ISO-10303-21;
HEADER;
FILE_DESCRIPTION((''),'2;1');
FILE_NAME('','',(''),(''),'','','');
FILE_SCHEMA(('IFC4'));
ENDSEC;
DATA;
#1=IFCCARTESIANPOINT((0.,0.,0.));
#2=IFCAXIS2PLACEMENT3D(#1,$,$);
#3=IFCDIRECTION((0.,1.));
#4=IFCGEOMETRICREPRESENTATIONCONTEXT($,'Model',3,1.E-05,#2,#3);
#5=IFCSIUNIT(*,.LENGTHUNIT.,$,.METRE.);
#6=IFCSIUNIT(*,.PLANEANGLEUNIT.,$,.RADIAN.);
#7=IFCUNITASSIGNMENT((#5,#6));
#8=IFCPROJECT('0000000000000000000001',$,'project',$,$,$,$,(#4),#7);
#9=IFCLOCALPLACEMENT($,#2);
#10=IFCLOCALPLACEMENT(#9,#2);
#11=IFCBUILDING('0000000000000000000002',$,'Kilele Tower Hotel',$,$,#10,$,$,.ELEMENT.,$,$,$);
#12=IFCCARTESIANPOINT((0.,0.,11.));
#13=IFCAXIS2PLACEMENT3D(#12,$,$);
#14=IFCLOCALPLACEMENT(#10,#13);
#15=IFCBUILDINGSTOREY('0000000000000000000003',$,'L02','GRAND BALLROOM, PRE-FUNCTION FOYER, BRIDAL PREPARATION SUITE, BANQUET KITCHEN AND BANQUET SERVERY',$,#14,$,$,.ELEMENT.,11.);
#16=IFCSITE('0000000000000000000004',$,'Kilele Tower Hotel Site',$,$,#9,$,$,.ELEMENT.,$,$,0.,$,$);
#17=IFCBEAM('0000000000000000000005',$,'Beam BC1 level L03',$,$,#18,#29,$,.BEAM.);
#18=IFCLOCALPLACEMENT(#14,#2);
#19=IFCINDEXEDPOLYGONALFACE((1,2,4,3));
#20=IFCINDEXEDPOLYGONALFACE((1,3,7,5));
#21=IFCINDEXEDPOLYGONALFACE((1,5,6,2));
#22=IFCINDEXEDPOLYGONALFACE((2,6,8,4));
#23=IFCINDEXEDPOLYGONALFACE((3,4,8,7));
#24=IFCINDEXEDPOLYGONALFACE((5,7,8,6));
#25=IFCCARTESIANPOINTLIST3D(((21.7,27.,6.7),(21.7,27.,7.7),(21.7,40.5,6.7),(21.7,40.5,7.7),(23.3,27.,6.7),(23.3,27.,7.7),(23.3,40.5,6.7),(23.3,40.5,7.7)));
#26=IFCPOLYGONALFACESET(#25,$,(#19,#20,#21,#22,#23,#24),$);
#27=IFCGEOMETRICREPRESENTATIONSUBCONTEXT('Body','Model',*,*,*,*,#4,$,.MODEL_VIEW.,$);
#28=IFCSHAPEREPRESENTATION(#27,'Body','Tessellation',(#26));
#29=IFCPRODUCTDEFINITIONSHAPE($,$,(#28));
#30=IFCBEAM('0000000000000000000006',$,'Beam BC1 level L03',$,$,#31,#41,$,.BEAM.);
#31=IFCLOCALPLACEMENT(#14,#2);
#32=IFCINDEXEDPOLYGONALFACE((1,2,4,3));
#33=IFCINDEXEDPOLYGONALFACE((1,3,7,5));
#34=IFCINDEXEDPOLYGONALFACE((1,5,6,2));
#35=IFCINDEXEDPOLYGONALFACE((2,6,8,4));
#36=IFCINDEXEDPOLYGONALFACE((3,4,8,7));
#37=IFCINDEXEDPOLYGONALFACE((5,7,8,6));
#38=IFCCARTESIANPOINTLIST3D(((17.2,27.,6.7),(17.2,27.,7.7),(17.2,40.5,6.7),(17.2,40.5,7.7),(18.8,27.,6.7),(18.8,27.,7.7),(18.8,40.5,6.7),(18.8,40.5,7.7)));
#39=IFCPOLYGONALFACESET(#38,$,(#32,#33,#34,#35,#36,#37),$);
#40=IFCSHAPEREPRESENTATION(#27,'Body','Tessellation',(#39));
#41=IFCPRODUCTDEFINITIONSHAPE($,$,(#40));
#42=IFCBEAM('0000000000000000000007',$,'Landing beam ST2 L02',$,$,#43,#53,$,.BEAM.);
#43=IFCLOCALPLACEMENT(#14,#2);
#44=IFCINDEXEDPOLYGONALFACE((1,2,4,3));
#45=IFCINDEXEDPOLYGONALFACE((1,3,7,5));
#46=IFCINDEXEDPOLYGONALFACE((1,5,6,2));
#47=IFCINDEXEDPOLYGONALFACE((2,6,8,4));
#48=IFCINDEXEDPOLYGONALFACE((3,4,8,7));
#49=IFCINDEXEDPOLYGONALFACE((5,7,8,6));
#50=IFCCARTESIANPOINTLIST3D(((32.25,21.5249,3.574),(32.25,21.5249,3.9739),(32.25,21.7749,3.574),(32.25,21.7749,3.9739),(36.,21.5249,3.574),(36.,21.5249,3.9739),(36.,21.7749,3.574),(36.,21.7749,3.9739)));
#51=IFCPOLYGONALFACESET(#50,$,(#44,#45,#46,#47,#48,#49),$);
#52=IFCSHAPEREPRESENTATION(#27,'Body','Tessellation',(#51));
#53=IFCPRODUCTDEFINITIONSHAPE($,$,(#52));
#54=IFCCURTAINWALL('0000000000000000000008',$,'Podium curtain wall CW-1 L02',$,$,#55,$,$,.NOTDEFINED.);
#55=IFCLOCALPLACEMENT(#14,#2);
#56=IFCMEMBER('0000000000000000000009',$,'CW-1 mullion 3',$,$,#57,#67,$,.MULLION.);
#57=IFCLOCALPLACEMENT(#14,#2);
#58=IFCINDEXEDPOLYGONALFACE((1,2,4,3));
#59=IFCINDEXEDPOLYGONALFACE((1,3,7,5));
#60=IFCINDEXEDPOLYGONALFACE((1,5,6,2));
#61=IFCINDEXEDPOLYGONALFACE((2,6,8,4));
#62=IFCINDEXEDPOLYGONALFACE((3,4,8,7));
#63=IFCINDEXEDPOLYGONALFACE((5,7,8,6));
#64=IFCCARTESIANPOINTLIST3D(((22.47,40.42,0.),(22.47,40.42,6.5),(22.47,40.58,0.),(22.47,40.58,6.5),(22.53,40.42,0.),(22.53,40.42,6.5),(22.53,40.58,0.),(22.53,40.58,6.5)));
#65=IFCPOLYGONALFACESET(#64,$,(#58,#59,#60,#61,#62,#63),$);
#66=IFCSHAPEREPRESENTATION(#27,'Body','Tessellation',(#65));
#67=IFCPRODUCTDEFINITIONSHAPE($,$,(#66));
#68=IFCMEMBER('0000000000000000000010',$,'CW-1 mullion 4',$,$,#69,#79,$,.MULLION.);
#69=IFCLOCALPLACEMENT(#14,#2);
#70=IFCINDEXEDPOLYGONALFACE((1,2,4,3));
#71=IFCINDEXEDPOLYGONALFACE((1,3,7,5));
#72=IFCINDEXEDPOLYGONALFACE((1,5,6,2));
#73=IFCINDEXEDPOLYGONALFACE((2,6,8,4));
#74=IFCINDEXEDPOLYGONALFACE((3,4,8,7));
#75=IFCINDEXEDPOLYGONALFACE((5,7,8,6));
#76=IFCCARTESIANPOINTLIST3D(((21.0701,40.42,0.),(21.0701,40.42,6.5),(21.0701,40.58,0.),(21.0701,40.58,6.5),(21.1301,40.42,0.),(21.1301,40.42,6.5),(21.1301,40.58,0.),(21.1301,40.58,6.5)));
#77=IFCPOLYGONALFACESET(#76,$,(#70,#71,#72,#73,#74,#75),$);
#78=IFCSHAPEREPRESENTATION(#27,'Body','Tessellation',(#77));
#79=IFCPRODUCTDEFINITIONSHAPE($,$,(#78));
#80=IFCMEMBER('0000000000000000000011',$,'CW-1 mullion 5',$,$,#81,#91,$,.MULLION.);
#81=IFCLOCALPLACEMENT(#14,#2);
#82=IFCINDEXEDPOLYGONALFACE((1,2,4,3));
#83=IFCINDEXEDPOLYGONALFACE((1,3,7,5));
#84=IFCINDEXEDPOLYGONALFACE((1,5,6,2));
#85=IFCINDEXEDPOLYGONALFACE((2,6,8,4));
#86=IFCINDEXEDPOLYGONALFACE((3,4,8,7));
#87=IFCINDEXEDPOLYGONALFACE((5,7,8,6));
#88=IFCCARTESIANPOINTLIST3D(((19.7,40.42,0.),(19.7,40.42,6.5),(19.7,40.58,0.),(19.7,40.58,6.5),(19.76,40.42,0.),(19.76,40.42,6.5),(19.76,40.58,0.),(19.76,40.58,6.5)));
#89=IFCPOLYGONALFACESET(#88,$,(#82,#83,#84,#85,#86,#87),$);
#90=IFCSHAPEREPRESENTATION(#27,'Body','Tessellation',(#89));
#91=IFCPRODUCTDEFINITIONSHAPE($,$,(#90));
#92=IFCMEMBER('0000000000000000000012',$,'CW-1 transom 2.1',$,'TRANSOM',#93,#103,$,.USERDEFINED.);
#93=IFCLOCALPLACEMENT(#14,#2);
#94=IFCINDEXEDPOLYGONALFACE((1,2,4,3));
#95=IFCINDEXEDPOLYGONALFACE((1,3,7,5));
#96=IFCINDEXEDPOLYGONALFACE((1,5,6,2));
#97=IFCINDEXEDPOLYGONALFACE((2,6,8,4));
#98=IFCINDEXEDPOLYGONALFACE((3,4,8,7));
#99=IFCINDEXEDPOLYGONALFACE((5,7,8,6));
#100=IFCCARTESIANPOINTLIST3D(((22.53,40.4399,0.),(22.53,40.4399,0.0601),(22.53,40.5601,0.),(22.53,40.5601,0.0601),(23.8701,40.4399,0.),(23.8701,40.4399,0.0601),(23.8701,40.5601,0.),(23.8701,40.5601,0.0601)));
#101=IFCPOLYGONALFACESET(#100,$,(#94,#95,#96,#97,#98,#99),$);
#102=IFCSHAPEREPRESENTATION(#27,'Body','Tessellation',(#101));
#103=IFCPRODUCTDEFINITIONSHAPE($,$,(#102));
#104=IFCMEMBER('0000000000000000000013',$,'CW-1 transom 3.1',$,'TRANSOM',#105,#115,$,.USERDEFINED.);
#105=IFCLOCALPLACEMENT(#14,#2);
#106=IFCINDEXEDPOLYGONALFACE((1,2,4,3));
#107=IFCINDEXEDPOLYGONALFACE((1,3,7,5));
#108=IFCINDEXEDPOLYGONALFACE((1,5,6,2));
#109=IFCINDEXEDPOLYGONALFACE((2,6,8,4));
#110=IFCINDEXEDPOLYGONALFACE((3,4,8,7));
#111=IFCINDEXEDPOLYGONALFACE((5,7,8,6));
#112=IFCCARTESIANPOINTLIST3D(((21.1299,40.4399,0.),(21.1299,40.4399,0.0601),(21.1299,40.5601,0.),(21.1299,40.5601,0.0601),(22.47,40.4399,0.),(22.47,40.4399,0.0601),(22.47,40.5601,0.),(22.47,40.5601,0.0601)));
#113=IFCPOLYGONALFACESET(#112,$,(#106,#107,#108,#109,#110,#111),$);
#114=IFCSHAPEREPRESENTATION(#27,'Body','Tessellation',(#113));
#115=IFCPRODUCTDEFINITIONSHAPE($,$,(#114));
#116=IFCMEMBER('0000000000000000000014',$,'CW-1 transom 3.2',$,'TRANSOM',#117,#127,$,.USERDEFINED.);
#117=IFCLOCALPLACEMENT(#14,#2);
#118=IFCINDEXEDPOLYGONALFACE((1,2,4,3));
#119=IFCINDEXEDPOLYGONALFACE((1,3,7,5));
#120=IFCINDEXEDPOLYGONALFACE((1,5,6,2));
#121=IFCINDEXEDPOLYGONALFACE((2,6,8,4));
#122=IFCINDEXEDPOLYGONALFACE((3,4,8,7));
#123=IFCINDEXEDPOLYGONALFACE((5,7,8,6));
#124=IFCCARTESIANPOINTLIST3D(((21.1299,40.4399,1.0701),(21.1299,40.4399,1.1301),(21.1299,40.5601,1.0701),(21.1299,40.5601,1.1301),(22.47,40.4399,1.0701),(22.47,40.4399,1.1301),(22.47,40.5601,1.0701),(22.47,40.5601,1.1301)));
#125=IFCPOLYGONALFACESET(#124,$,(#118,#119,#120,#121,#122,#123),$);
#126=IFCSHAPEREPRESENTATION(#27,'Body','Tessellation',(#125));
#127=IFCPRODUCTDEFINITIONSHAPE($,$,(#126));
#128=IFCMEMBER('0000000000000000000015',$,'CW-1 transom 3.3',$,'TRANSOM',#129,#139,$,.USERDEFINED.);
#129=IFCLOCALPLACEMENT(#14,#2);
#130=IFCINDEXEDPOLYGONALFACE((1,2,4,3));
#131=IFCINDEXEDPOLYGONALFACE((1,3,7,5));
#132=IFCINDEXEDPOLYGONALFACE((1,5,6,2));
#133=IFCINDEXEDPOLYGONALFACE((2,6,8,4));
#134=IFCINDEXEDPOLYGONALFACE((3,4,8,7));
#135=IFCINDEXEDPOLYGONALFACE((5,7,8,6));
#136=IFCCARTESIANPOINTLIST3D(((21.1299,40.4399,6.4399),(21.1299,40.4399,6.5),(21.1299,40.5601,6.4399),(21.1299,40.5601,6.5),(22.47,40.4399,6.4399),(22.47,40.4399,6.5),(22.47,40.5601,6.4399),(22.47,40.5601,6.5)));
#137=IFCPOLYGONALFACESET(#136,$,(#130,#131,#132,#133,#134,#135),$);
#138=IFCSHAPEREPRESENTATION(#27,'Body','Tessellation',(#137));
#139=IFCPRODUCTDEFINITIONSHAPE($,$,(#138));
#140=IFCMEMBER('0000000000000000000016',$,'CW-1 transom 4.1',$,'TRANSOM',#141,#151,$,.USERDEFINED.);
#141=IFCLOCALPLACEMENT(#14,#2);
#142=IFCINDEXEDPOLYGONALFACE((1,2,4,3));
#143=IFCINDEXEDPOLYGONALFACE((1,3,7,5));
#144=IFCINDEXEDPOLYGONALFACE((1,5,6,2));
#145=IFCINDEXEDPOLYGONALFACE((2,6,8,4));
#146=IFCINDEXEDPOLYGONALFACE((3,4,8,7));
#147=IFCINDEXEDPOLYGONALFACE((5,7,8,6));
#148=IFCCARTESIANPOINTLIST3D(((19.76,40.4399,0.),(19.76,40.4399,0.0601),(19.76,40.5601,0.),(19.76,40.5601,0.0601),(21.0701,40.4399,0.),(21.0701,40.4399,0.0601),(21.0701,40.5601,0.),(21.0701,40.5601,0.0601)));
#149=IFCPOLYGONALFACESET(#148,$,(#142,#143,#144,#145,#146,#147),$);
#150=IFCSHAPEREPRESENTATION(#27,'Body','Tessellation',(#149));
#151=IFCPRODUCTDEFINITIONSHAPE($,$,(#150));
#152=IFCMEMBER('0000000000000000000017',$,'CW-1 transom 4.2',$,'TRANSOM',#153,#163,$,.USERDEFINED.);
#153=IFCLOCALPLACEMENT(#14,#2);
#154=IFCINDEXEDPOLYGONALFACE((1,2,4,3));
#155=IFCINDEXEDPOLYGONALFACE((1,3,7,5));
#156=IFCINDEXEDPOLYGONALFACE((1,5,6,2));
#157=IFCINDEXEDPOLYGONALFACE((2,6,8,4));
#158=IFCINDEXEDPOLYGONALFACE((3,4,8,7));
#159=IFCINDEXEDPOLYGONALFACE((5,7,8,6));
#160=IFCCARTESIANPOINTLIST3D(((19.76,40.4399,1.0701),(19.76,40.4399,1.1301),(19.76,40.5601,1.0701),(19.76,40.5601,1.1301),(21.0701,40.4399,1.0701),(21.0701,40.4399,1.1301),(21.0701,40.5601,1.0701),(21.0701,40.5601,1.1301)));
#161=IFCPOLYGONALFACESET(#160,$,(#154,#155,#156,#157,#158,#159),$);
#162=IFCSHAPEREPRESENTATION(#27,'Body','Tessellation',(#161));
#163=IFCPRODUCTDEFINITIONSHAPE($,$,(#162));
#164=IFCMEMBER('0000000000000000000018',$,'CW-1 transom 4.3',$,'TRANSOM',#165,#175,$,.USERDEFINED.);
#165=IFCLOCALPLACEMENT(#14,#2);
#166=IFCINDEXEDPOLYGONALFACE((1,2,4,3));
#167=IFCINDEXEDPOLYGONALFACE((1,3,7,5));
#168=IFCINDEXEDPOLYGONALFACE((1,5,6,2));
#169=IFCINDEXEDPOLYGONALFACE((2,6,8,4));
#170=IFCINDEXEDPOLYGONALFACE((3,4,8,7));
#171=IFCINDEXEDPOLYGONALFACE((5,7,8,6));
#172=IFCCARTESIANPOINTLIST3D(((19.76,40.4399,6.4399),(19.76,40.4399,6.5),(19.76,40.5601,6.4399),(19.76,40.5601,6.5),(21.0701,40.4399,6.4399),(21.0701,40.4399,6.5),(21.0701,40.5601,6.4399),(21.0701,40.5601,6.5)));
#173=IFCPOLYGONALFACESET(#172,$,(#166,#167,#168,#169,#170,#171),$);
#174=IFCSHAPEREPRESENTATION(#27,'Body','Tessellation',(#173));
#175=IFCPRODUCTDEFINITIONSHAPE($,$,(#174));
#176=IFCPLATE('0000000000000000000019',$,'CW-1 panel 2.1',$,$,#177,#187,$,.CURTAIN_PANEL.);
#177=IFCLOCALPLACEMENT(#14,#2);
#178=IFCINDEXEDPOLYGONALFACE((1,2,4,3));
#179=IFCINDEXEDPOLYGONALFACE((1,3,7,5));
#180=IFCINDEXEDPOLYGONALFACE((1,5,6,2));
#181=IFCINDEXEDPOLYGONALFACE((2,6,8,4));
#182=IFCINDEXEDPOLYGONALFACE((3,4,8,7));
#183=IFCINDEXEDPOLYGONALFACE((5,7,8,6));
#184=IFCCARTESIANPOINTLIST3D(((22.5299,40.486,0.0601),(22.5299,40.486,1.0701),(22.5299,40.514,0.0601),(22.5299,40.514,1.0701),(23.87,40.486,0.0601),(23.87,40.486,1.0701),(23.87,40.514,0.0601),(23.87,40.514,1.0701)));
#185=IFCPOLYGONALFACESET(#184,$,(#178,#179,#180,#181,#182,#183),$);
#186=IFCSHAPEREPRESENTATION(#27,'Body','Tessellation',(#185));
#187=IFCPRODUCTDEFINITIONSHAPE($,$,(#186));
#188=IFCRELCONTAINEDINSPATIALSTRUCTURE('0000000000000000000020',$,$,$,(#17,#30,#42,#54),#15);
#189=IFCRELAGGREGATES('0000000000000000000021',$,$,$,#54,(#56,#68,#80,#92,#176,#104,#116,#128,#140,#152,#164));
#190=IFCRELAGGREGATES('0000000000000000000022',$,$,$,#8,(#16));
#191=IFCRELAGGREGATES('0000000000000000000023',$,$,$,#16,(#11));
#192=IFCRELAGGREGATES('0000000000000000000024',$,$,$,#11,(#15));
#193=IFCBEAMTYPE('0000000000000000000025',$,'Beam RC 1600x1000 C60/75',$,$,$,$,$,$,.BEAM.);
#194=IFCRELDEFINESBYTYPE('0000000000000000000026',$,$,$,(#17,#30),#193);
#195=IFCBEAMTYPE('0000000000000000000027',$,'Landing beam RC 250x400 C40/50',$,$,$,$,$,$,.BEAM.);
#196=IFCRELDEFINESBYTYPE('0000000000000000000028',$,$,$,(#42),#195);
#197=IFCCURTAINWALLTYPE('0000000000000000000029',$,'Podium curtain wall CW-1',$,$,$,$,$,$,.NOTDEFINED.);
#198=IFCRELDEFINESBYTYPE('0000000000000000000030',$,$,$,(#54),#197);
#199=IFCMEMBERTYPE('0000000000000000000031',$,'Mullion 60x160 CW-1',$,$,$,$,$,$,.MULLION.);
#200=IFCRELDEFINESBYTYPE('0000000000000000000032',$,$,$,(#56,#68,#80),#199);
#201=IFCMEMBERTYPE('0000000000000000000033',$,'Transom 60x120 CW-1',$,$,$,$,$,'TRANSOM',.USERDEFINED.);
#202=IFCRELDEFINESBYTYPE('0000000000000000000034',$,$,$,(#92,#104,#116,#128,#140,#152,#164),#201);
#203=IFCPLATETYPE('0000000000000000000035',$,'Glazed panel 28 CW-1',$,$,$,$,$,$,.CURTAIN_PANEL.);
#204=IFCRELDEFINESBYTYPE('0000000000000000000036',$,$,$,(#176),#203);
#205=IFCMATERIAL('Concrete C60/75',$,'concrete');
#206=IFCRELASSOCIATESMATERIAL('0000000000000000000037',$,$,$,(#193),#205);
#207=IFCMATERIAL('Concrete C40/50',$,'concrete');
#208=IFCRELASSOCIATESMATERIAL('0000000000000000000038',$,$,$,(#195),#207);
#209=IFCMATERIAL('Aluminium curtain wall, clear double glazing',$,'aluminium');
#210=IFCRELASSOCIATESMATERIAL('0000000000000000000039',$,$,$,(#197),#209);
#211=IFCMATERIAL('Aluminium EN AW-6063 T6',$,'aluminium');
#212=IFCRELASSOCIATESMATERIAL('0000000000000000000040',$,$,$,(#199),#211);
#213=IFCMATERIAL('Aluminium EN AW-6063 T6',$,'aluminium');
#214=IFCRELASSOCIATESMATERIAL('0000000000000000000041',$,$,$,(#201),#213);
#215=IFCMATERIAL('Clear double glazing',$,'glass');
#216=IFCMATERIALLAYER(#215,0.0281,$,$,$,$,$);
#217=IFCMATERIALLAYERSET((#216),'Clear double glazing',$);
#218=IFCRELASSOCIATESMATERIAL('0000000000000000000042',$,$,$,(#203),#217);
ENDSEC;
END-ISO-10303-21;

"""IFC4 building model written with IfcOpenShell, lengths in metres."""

from ifc_helpers import new_model, si_unit, direction, frame, origin, origin_2d, place, context, subcontext, project, spatial, rectangle, extrude, material, layer, layer_set, material_profile, profile_set, type_object, element, aggregate, save


model = new_model("IFC4")

# Units and contexts
model_context = context("Model", 3, precision=1e-05, world=origin(), true_north=direction((0.0, 1.0)))
body_context = subcontext(model_context, "Body", "Model", "MODEL_VIEW")
ifc_project = project(units=[si_unit("LENGTHUNIT", "METRE"), si_unit("PLANEANGLEUNIT", "RADIAN")], contexts=[model_context])

# Site, building, storey
site_placement = place(None, origin())
site = spatial("IfcSite", under=ifc_project, at=site_placement, Name="Kilele Tower Hotel Site", CompositionType="ELEMENT", RefElevation=0.0)
building_placement = place(site_placement, origin())
building = spatial("IfcBuilding", under=site, at=building_placement, Name="Kilele Tower Hotel", CompositionType="ELEMENT")
storey_placement = place(building_placement, frame((0.0, 0.0, 11.0)))
storey = spatial("IfcBuildingStorey", under=building, at=storey_placement, Name="L02", Description="GRAND BALLROOM, PRE-FUNCTION FOYER, BRIDAL PREPARATION SUITE, BANQUET KITCHEN AND BANQUET SERVERY", CompositionType="ELEMENT", Elevation=11.0)

# Beams
ifc_material_1 = material(Name="Concrete C60/75", Category="concrete")
ifc_material_profile_1 = material_profile(ifc_material_1, rectangle(XDim=1.6001, YDim=1.0, at=origin_2d()))
ifc_profile_set_1 = profile_set([ifc_material_profile_1], Name="Concrete C60/75")
beam_type_1 = type_object("IfcBeamType", Name="Beam RC 1600x1000 C60/75", PredefinedType="BEAM", material=ifc_profile_set_1)
for number, where, z_axis, x_axis, name in (
    (1, (22.5, 40.5, 7.2), (0.0, -1.0, 0.0), (1.0, 0.0, 0.0), "Beam BC1 level L03"),
    (2, (18.0, 40.5, 7.2), (0.0, -1.0, 0.0), (1.0, 0.0, 0.0), "Beam BC1 level L03"),
):
    element("IfcBeam", number, at=place(storey_placement, frame(where, z_axis=z_axis, x_axis=x_axis)), inside=storey, type_object=beam_type_1, Name=name, PredefinedType="BEAM", context=body_context, shape_type="SweptSolid", body=[
        extrude(rectangle(XDim=1.6001, YDim=1.0, at=origin_2d()), origin(), (0.0, 0.0, 1.0), 13.5),
    ])
ifc_material_2 = material(Name="Concrete C40/50", Category="concrete")
ifc_material_profile_2 = material_profile(ifc_material_2, rectangle(XDim=0.25, YDim=0.3999, at=origin_2d()))
ifc_profile_set_2 = profile_set([ifc_material_profile_2], Name="Concrete C40/50")
beam_type_2 = type_object("IfcBeamType", Name="Landing beam RC 250x400 C40/50", PredefinedType="BEAM", material=ifc_profile_set_2)
beam_placement = place(storey_placement, frame((32.25, 21.6499, 3.7739), z_axis=(1.0, 0.0, 0.0), x_axis=(0.0, 1.0, 0.0)))
element("IfcBeam", 3, at=beam_placement, inside=storey, type_object=beam_type_2, Name="Landing beam ST2 L02", PredefinedType="BEAM", context=body_context, shape_type="SweptSolid", body=[
    extrude(rectangle(XDim=0.25, YDim=0.3999, at=origin_2d()), origin(), (0.0, 0.0, 1.0), 3.75),
])

# Curtain wall, members, plate
ifc_material_3 = material(Name="Aluminium curtain wall, clear double glazing", Category="aluminium")
curtain_wall_type = type_object("IfcCurtainWallType", Name="Podium curtain wall CW-1", PredefinedType="NOTDEFINED", material=ifc_material_3)
curtain_wall_placement = place(storey_placement, origin())
curtain_wall = element("IfcCurtainWall", 4, at=curtain_wall_placement, inside=storey, type_object=curtain_wall_type, Name="Podium curtain wall CW-1 L02", PredefinedType="NOTDEFINED")
ifc_material_4 = material(Name="Aluminium EN AW-6063 T6", Category="aluminium")
ifc_material_profile_3 = material_profile(ifc_material_4, rectangle(XDim=0.1599, YDim=0.0601, at=origin_2d()))
ifc_profile_set_3 = profile_set([ifc_material_profile_3], Name="Aluminium EN AW-6063 T6")
member_type_1 = type_object("IfcMemberType", Name="Mullion 60x160 CW-1", PredefinedType="MULLION", material=ifc_profile_set_3)
member_1_placement = place(storey_placement, frame((22.5, 40.5, 0.0), z_axis=(0.0, 0.0, 1.0), x_axis=(0.0, -1.0, 0.0)))
member_1 = element("IfcMember", 5, at=member_1_placement, type_object=member_type_1, Name="CW-1 mullion 3", PredefinedType="MULLION", context=body_context, shape_type="SweptSolid", body=[
    extrude(rectangle(XDim=0.1599, YDim=0.0601, at=origin_2d()), origin(), (0.0, 0.0, 1.0), 6.5),
])
member_2_placement = place(storey_placement, frame((21.1001, 40.5, 0.0), z_axis=(0.0, 0.0, 1.0), x_axis=(0.0, -1.0, 0.0)))
member_2 = element("IfcMember", 6, at=member_2_placement, type_object=member_type_1, Name="CW-1 mullion 4", PredefinedType="MULLION", context=body_context, shape_type="SweptSolid", body=[
    extrude(rectangle(XDim=0.1599, YDim=0.0601, at=origin_2d()), origin(), (0.0, 0.0, 1.0), 6.5),
])
member_3_placement = place(storey_placement, frame((19.73, 40.5, 0.0), z_axis=(0.0, 0.0, 1.0), x_axis=(0.0, -1.0, 0.0)))
member_3 = element("IfcMember", 7, at=member_3_placement, type_object=member_type_1, Name="CW-1 mullion 5", PredefinedType="MULLION", context=body_context, shape_type="SweptSolid", body=[
    extrude(rectangle(XDim=0.1599, YDim=0.0601, at=origin_2d()), origin(), (0.0, 0.0, 1.0), 6.5),
])
ifc_material_5 = material(Name="Aluminium EN AW-6063 T6", Category="aluminium")
ifc_material_profile_4 = material_profile(ifc_material_5, rectangle(XDim=0.1201, YDim=0.0601, at=origin_2d()))
ifc_profile_set_4 = profile_set([ifc_material_profile_4], Name="Aluminium EN AW-6063 T6")
member_type_2 = type_object("IfcMemberType", Name="Transom 60x120 CW-1", ElementType="TRANSOM", PredefinedType="USERDEFINED", material=ifc_profile_set_4)
member_4_placement = place(storey_placement, frame((23.8701, 40.5, 0.03), z_axis=(-1.0, 0.0, 0.0), x_axis=(0.0, -1.0, 0.0)))
member_4 = element("IfcMember", 8, at=member_4_placement, type_object=member_type_2, Name="CW-1 transom 2.1", ObjectType="TRANSOM", PredefinedType="USERDEFINED", context=body_context, shape_type="SweptSolid", body=[
    extrude(rectangle(XDim=0.1201, YDim=0.0601, at=origin_2d()), origin(), (0.0, 0.0, 1.0), 1.3401),
])
member_5_placement = place(storey_placement, frame((22.47, 40.5, 0.03), z_axis=(-1.0, 0.0, 0.0), x_axis=(0.0, -1.0, 0.0)))
member_5 = element("IfcMember", 9, at=member_5_placement, type_object=member_type_2, Name="CW-1 transom 3.1", ObjectType="TRANSOM", PredefinedType="USERDEFINED", context=body_context, shape_type="SweptSolid", body=[
    extrude(rectangle(XDim=0.1201, YDim=0.0601, at=origin_2d()), origin(), (0.0, 0.0, 1.0), 1.3401),
])
member_6_placement = place(storey_placement, frame((22.47, 40.5, 1.1001), z_axis=(-1.0, 0.0, 0.0), x_axis=(0.0, -1.0, 0.0)))
member_6 = element("IfcMember", 10, at=member_6_placement, type_object=member_type_2, Name="CW-1 transom 3.2", ObjectType="TRANSOM", PredefinedType="USERDEFINED", context=body_context, shape_type="SweptSolid", body=[
    extrude(rectangle(XDim=0.1201, YDim=0.0601, at=origin_2d()), origin(), (0.0, 0.0, 1.0), 1.3401),
])
member_7_placement = place(storey_placement, frame((22.47, 40.5, 6.47), z_axis=(-1.0, 0.0, 0.0), x_axis=(0.0, -1.0, 0.0)))
member_7 = element("IfcMember", 11, at=member_7_placement, type_object=member_type_2, Name="CW-1 transom 3.3", ObjectType="TRANSOM", PredefinedType="USERDEFINED", context=body_context, shape_type="SweptSolid", body=[
    extrude(rectangle(XDim=0.1201, YDim=0.0601, at=origin_2d()), origin(), (0.0, 0.0, 1.0), 1.3401),
])
member_8_placement = place(storey_placement, frame((21.0701, 40.5, 0.03), z_axis=(-1.0, 0.0, 0.0), x_axis=(0.0, -1.0, 0.0)))
member_8 = element("IfcMember", 12, at=member_8_placement, type_object=member_type_2, Name="CW-1 transom 4.1", ObjectType="TRANSOM", PredefinedType="USERDEFINED", context=body_context, shape_type="SweptSolid", body=[
    extrude(rectangle(XDim=0.1201, YDim=0.0601, at=origin_2d()), origin(), (0.0, 0.0, 1.0), 1.3101),
])
member_9_placement = place(storey_placement, frame((21.0701, 40.5, 1.1001), z_axis=(-1.0, 0.0, 0.0), x_axis=(0.0, -1.0, 0.0)))
member_9 = element("IfcMember", 13, at=member_9_placement, type_object=member_type_2, Name="CW-1 transom 4.2", ObjectType="TRANSOM", PredefinedType="USERDEFINED", context=body_context, shape_type="SweptSolid", body=[
    extrude(rectangle(XDim=0.1201, YDim=0.0601, at=origin_2d()), origin(), (0.0, 0.0, 1.0), 1.3101),
])
member_10_placement = place(storey_placement, frame((21.0701, 40.5, 6.47), z_axis=(-1.0, 0.0, 0.0), x_axis=(0.0, -1.0, 0.0)))
member_10 = element("IfcMember", 14, at=member_10_placement, type_object=member_type_2, Name="CW-1 transom 4.3", ObjectType="TRANSOM", PredefinedType="USERDEFINED", context=body_context, shape_type="SweptSolid", body=[
    extrude(rectangle(XDim=0.1201, YDim=0.0601, at=origin_2d()), origin(), (0.0, 0.0, 1.0), 1.3101),
])
ifc_material_6 = material(Name="Clear double glazing", Category="glass")
ifc_layer_1 = layer(ifc_material_6, 0.0281)
ifc_layer_set_1 = layer_set([ifc_layer_1], Name="Clear double glazing")
plate_type = type_object("IfcPlateType", Name="Glazed panel 28 CW-1", PredefinedType="CURTAIN_PANEL", material=ifc_layer_set_1)
plate_1_placement = place(storey_placement, frame((23.2, 40.5, 0.0601), z_axis=(0.0, 0.0, 1.0), x_axis=(-1.0, 0.0, 0.0)))
plate_1 = element("IfcPlate", 15, at=plate_1_placement, type_object=plate_type, Name="CW-1 panel 2.1", PredefinedType="CURTAIN_PANEL", context=body_context, shape_type="SweptSolid", body=[
    extrude(rectangle(XDim=1.3401, YDim=0.0281, at=origin_2d()), origin(), (0.0, 0.0, 1.0), 1.01),
])
aggregate(curtain_wall, [member_1, member_2, member_3, member_4, plate_1, member_5, member_6, member_7, member_8, member_9, member_10])

save(model, "model.ifc")
